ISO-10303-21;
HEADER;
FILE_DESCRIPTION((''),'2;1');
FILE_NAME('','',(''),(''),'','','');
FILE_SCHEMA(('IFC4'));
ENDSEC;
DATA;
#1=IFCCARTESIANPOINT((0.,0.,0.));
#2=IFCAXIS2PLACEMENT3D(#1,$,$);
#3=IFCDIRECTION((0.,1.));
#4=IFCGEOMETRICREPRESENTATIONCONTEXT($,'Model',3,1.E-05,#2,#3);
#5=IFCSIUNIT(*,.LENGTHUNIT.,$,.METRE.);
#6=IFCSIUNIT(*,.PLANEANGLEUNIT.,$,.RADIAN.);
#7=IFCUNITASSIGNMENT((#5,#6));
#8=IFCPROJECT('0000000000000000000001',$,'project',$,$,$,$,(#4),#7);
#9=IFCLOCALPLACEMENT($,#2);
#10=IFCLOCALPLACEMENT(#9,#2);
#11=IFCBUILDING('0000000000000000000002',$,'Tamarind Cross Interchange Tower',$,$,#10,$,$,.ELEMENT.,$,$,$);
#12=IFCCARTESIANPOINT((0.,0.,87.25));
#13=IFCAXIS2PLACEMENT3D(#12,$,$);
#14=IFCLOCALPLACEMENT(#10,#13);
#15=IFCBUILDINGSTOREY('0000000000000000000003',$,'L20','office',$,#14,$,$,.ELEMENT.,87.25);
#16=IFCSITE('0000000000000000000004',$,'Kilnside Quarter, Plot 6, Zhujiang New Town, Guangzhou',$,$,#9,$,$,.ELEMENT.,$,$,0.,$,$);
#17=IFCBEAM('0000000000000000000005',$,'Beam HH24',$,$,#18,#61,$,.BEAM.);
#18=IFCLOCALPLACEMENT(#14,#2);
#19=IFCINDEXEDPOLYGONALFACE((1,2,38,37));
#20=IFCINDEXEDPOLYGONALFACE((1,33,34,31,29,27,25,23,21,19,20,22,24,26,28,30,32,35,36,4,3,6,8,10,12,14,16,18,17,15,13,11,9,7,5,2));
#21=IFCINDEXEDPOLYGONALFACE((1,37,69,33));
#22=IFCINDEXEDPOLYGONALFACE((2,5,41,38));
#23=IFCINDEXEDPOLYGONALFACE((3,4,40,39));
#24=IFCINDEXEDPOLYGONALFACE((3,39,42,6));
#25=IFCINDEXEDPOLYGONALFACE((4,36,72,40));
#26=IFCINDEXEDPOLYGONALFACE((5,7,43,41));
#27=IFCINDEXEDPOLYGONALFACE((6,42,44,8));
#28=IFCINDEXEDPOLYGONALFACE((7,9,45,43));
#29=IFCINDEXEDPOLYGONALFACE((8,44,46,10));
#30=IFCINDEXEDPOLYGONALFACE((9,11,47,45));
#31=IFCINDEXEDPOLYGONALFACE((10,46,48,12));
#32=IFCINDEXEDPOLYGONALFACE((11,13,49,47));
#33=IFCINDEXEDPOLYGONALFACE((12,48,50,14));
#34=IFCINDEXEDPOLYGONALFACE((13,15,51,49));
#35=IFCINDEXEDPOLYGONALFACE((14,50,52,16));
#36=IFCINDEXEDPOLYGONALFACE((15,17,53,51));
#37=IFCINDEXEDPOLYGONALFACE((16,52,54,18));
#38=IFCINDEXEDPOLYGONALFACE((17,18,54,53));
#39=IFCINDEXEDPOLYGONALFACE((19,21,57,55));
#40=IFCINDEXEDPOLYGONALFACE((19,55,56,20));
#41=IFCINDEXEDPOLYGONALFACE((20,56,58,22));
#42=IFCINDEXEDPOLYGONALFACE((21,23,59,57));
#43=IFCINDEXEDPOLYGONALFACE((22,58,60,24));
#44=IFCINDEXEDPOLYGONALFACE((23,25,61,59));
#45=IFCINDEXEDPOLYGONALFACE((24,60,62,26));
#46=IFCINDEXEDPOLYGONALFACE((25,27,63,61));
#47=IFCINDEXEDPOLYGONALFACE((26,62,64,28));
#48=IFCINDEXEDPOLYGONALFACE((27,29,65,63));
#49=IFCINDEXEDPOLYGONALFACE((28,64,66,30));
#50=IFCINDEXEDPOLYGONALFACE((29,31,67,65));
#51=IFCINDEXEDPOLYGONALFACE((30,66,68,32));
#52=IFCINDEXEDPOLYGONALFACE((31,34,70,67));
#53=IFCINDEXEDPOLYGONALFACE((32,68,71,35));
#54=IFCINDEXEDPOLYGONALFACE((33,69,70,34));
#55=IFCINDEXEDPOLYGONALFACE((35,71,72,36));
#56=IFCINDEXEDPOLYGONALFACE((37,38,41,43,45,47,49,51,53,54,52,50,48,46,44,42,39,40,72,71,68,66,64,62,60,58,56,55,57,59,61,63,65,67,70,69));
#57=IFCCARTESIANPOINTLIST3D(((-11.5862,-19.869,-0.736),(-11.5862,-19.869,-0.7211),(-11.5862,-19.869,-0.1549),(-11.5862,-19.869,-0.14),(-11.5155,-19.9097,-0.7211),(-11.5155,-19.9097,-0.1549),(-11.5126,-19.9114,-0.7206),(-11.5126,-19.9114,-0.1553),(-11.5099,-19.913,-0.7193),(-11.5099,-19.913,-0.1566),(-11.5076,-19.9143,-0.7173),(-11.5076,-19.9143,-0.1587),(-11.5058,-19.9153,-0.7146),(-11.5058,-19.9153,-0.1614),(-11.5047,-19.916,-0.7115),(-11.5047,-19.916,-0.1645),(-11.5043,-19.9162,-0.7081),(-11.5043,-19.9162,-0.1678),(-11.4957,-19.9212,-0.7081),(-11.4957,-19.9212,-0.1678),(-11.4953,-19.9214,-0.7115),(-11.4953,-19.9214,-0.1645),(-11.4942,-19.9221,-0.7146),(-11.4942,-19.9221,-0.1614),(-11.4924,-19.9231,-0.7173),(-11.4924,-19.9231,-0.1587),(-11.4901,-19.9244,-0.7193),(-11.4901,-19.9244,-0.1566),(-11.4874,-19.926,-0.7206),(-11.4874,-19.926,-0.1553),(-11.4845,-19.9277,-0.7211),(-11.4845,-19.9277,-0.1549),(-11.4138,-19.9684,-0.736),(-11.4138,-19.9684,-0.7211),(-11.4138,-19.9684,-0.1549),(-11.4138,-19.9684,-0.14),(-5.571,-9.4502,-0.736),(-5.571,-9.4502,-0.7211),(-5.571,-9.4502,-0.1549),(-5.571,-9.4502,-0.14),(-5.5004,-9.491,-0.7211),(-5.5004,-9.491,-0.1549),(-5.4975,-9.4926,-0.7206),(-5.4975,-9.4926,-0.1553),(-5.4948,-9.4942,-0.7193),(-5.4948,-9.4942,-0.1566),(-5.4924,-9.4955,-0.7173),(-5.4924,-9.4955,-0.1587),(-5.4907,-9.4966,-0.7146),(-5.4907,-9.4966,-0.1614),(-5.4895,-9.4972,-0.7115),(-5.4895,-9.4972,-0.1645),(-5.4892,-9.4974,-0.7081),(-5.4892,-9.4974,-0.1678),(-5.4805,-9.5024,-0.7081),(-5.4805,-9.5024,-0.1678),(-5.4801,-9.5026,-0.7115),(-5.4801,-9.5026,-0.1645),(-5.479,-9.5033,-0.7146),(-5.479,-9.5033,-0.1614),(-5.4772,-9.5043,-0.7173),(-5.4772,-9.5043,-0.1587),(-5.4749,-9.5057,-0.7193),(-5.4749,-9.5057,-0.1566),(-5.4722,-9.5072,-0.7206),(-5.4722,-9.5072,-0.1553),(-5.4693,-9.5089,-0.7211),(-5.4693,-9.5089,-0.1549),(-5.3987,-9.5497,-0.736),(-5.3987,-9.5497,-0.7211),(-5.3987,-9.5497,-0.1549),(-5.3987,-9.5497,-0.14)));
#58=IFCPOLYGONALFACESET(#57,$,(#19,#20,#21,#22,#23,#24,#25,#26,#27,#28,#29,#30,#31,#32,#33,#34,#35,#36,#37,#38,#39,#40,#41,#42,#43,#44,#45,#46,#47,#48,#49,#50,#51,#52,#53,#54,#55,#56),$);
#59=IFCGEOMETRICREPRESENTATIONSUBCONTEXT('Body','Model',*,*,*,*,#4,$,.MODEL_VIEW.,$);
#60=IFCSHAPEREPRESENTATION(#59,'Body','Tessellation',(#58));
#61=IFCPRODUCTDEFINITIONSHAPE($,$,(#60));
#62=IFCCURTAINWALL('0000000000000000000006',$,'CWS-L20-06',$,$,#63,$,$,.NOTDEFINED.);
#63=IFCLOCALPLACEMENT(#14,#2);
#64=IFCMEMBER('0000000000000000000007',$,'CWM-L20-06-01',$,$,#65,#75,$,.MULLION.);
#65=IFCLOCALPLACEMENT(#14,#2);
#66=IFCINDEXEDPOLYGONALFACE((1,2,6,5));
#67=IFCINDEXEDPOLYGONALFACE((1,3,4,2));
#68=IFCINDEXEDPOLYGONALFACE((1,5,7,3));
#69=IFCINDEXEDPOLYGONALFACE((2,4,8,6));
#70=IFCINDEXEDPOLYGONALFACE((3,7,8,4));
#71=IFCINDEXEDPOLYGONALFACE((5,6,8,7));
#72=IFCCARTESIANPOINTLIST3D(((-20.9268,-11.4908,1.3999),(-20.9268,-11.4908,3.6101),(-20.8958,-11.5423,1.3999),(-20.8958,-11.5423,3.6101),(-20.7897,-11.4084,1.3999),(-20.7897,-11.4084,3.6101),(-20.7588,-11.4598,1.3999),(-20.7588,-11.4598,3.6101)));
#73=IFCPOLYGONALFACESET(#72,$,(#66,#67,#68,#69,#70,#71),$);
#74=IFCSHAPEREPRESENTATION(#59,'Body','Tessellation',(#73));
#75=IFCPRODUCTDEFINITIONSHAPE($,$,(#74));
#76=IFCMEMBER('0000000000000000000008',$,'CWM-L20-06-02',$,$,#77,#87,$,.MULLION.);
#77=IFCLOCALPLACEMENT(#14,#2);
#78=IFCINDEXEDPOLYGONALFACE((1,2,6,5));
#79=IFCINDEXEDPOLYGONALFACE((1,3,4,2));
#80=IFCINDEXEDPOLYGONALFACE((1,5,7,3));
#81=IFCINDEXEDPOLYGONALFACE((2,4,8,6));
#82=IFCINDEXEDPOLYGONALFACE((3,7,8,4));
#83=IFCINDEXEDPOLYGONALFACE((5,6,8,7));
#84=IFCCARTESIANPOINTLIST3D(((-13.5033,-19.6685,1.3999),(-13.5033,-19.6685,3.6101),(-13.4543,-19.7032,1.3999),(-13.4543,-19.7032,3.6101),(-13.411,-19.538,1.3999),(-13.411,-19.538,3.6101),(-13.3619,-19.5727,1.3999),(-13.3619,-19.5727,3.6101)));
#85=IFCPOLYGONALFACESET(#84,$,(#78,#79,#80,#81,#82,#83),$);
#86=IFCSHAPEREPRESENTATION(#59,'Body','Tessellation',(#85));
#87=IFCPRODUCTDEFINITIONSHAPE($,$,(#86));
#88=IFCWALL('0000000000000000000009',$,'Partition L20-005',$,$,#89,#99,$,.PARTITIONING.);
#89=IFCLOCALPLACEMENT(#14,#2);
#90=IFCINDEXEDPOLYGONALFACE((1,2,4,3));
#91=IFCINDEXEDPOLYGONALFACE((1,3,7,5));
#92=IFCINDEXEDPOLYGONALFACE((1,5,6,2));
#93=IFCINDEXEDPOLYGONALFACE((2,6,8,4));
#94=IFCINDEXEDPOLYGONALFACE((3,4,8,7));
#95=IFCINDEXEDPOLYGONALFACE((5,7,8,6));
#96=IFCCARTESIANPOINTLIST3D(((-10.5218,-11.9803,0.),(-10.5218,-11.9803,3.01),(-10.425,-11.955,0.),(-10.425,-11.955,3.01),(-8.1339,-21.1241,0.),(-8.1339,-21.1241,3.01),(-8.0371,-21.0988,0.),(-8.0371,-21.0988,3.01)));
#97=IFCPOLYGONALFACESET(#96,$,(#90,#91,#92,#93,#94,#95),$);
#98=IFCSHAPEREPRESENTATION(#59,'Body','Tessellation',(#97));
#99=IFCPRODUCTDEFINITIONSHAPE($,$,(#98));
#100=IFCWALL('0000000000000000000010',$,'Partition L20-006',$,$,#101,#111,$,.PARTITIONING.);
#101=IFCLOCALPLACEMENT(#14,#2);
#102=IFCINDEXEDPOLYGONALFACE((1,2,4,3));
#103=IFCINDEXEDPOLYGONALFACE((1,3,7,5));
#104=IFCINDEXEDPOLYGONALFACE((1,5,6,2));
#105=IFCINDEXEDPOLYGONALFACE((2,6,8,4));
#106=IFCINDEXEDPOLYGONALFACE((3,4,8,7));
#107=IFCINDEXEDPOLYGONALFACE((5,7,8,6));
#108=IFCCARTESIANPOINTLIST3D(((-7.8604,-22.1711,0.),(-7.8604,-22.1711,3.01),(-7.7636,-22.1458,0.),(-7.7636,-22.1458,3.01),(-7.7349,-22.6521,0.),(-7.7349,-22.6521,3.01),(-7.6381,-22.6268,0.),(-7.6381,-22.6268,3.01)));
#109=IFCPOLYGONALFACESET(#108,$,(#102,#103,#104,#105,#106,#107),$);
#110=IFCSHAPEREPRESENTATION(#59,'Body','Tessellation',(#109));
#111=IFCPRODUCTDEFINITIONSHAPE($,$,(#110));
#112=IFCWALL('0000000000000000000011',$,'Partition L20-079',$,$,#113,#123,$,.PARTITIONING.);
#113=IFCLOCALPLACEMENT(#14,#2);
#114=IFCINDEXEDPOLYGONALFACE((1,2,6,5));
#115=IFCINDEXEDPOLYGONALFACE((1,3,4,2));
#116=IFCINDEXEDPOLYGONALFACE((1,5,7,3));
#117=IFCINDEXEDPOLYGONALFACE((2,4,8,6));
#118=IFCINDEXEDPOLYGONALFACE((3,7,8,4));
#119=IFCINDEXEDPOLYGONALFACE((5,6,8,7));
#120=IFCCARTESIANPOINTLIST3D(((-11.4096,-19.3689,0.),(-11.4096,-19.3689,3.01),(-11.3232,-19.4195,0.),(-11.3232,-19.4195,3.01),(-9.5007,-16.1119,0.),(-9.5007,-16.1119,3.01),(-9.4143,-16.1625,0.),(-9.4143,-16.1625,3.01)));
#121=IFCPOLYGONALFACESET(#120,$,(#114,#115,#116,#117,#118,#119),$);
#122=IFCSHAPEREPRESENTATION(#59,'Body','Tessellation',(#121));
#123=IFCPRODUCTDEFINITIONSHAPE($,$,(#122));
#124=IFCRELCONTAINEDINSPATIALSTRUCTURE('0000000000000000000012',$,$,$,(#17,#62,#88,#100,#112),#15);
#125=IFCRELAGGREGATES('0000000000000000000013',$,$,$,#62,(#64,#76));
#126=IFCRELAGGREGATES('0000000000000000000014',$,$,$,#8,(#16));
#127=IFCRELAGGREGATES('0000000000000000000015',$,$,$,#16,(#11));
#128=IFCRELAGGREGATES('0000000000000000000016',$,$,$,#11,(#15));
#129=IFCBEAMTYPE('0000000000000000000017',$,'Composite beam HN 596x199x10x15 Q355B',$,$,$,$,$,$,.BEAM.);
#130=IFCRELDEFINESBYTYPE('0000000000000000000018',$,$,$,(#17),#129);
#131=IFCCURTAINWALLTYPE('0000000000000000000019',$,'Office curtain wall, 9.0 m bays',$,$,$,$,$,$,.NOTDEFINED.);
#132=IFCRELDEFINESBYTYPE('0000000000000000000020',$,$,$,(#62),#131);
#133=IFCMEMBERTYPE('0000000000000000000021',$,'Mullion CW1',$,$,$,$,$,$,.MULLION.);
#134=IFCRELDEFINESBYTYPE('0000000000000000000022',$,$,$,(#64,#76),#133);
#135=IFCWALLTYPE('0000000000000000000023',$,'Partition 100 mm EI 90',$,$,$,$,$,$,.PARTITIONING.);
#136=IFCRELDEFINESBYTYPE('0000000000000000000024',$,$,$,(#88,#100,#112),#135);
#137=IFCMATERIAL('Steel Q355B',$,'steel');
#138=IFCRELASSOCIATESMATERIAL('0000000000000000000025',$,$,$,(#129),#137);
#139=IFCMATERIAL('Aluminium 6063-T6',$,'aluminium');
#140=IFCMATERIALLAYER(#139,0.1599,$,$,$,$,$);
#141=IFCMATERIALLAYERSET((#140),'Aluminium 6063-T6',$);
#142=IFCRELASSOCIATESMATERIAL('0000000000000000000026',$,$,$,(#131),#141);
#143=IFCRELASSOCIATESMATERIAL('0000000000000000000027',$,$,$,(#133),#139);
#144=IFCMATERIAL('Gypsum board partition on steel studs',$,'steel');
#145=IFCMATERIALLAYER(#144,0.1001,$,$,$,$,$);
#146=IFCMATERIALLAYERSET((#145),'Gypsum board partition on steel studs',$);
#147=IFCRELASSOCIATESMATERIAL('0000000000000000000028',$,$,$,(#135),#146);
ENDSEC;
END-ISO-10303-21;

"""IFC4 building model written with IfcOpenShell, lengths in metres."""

from ifc_helpers import new_model, si_unit, direction, frame, frame_2d, origin, origin_2d, place, context, subcontext, project, spatial, rectangle, i_section, extrude, material, layer, layer_set, material_profile, profile_set, type_object, element, aggregate, save


model = new_model("IFC4")

# Units and contexts
model_context = context("Model", 3, precision=1e-05, world=origin(), true_north=direction((0.0, 1.0)))
body_context = subcontext(model_context, "Body", "Model", "MODEL_VIEW")
ifc_project = project(units=[si_unit("LENGTHUNIT", "METRE"), si_unit("PLANEANGLEUNIT", "RADIAN")], contexts=[model_context])

# Site, building, storey
site_placement = place(None, origin())
site = spatial("IfcSite", under=ifc_project, at=site_placement, Name="Kilnside Quarter, Plot 6, Zhujiang New Town, Guangzhou", CompositionType="ELEMENT", RefElevation=0.0)
building_placement = place(site_placement, origin())
building = spatial("IfcBuilding", under=site, at=building_placement, Name="Tamarind Cross Interchange Tower", CompositionType="ELEMENT")
storey_placement = place(building_placement, frame((0.0, 0.0, 87.25)))
storey = spatial("IfcBuildingStorey", under=building, at=storey_placement, Name="L20", Description="office", CompositionType="ELEMENT", Elevation=87.25)

# Beam
ifc_material_1 = material(Name="Steel Q355B", Category="steel")
ifc_material_profile_1 = material_profile(ifc_material_1, i_section(OverallWidth=0.199, OverallDepth=0.5959, WebThickness=0.01, FlangeThickness=0.0149, FilletRadius=0.0129, at=origin_2d()), Name="HN 596x199x10x15")
ifc_profile_set_1 = profile_set([ifc_material_profile_1], Name="Steel Q355B")
beam_type = type_object("IfcBeamType", Name="Composite beam HN 596x199x10x15 Q355B", PredefinedType="BEAM", material=ifc_profile_set_1)
beam_1_placement = place(storey_placement, frame((-11.5, -19.9187, -0.438), z_axis=(0.499994, 0.866029, 0.0), x_axis=(-0.866029, 0.499994, 0.0)))
element("IfcBeam", 1, at=beam_1_placement, inside=storey, type_object=beam_type, Name="Beam HH24", PredefinedType="BEAM", context=body_context, shape_type="SweptSolid", body=[
    extrude(i_section(OverallWidth=0.199, OverallDepth=0.5959, WebThickness=0.01, FlangeThickness=0.0149, FilletRadius=0.0129, at=origin_2d()), origin(), (0.0, 0.0, 1.0), 12.0305),
])

# Curtain wall, members
ifc_material_2 = material(Name="Aluminium 6063-T6", Category="aluminium")
ifc_layer_1 = layer(ifc_material_2, 0.1599)
ifc_layer_set_1 = layer_set([ifc_layer_1], Name="Aluminium 6063-T6")
curtain_wall_type = type_object("IfcCurtainWallType", Name="Office curtain wall, 9.0 m bays", PredefinedType="NOTDEFINED", material=ifc_layer_set_1)
curtain_wall_placement = place(storey_placement, origin())
curtain_wall = element("IfcCurtainWall", 2, at=curtain_wall_placement, inside=storey, type_object=curtain_wall_type, Name="CWS-L20-06", PredefinedType="NOTDEFINED")
ifc_material_profile_2 = material_profile(ifc_material_2, rectangle(XDim=0.0601, YDim=0.1599, at=origin_2d()), Name="Mullion CW1")
ifc_profile_set_2 = profile_set([ifc_material_profile_2], Name="Aluminium 6063-T6")
member_type = type_object("IfcMemberType", Name="Mullion CW1", PredefinedType="MULLION", material=ifc_profile_set_2)
member_1_placement = place(storey_placement, frame((-20.8428, -11.4753, 1.3999), z_axis=(0.0, 0.0, 1.0), x_axis=(0.515577, -0.856843, 0.0)))
member_1 = element("IfcMember", 3, at=member_1_placement, type_object=member_type, Name="CWM-L20-06-01", PredefinedType="MULLION", context=body_context, shape_type="SweptSolid", body=[
    extrude(rectangle(XDim=0.0601, YDim=0.1599, at=origin_2d()), origin(), (0.0, 0.0, 1.0), 2.2102),
])
member_2_placement = place(storey_placement, frame((-13.4326, -19.6206, 1.3999), z_axis=(0.0, 0.0, 1.0), x_axis=(0.816342, -0.577569, 0.0)))
member_2 = element("IfcMember", 4, at=member_2_placement, type_object=member_type, Name="CWM-L20-06-02", PredefinedType="MULLION", context=body_context, shape_type="SweptSolid", body=[
    extrude(rectangle(XDim=0.0601, YDim=0.1599, at=origin_2d()), origin(), (0.0, 0.0, 1.0), 2.2102),
])
aggregate(curtain_wall, [member_1, member_2])

# Walls
ifc_material_3 = material(Name="Gypsum board partition on steel studs", Category="steel")
ifc_layer_2 = layer(ifc_material_3, 0.1001)
ifc_layer_set_2 = layer_set([ifc_layer_2], Name="Gypsum board partition on steel studs")
wall_type_1 = type_object("IfcWallType", Name="Partition 100 mm EI 90", PredefinedType="PARTITIONING", material=ifc_layer_set_2)
wall_1_placement = place(storey_placement, frame((-10.4734, -11.9678, 0.0), z_axis=(0.0, 0.0, 1.0), x_axis=(0.25268, -0.96755, 0.0)))
element("IfcWall", 5, at=wall_1_placement, inside=storey, type_object=wall_type_1, Name="Partition L20-005", PredefinedType="PARTITIONING", context=body_context, shape_type="SweptSolid", body=[
    extrude(rectangle(XDim=9.4504, YDim=0.1001, at=frame_2d((4.7251, 0.0))), origin(), (0.0, 0.0, 1.0), 3.01),
])
wall_2_placement = place(storey_placement, frame((-7.812, -22.1584, 0.0), z_axis=(0.0, 0.0, 1.0), x_axis=(0.252462, -0.967607, 0.0)))
element("IfcWall", 6, at=wall_2_placement, inside=storey, type_object=wall_type_1, Name="Partition L20-006", PredefinedType="PARTITIONING", context=body_context, shape_type="SweptSolid", body=[
    extrude(rectangle(XDim=0.4971, YDim=0.1001, at=frame_2d((0.2485, 0.0))), origin(), (0.0, 0.0, 1.0), 3.01),
])
wall_3_placement = place(storey_placement, frame((-11.3665, -19.3943, 0.0), z_axis=(0.0, 0.0, 1.0), x_axis=(0.505643, 0.862743, 0.0)))
element("IfcWall", 7, at=wall_3_placement, inside=storey, type_object=wall_type_1, Name="Partition L20-079", PredefinedType="PARTITIONING", context=body_context, shape_type="SweptSolid", body=[
    extrude(rectangle(XDim=3.7751, YDim=0.1001, at=frame_2d((1.8877, 0.0))), origin(), (0.0, 0.0, 1.0), 3.01),
])

save(model, "model.ifc")
